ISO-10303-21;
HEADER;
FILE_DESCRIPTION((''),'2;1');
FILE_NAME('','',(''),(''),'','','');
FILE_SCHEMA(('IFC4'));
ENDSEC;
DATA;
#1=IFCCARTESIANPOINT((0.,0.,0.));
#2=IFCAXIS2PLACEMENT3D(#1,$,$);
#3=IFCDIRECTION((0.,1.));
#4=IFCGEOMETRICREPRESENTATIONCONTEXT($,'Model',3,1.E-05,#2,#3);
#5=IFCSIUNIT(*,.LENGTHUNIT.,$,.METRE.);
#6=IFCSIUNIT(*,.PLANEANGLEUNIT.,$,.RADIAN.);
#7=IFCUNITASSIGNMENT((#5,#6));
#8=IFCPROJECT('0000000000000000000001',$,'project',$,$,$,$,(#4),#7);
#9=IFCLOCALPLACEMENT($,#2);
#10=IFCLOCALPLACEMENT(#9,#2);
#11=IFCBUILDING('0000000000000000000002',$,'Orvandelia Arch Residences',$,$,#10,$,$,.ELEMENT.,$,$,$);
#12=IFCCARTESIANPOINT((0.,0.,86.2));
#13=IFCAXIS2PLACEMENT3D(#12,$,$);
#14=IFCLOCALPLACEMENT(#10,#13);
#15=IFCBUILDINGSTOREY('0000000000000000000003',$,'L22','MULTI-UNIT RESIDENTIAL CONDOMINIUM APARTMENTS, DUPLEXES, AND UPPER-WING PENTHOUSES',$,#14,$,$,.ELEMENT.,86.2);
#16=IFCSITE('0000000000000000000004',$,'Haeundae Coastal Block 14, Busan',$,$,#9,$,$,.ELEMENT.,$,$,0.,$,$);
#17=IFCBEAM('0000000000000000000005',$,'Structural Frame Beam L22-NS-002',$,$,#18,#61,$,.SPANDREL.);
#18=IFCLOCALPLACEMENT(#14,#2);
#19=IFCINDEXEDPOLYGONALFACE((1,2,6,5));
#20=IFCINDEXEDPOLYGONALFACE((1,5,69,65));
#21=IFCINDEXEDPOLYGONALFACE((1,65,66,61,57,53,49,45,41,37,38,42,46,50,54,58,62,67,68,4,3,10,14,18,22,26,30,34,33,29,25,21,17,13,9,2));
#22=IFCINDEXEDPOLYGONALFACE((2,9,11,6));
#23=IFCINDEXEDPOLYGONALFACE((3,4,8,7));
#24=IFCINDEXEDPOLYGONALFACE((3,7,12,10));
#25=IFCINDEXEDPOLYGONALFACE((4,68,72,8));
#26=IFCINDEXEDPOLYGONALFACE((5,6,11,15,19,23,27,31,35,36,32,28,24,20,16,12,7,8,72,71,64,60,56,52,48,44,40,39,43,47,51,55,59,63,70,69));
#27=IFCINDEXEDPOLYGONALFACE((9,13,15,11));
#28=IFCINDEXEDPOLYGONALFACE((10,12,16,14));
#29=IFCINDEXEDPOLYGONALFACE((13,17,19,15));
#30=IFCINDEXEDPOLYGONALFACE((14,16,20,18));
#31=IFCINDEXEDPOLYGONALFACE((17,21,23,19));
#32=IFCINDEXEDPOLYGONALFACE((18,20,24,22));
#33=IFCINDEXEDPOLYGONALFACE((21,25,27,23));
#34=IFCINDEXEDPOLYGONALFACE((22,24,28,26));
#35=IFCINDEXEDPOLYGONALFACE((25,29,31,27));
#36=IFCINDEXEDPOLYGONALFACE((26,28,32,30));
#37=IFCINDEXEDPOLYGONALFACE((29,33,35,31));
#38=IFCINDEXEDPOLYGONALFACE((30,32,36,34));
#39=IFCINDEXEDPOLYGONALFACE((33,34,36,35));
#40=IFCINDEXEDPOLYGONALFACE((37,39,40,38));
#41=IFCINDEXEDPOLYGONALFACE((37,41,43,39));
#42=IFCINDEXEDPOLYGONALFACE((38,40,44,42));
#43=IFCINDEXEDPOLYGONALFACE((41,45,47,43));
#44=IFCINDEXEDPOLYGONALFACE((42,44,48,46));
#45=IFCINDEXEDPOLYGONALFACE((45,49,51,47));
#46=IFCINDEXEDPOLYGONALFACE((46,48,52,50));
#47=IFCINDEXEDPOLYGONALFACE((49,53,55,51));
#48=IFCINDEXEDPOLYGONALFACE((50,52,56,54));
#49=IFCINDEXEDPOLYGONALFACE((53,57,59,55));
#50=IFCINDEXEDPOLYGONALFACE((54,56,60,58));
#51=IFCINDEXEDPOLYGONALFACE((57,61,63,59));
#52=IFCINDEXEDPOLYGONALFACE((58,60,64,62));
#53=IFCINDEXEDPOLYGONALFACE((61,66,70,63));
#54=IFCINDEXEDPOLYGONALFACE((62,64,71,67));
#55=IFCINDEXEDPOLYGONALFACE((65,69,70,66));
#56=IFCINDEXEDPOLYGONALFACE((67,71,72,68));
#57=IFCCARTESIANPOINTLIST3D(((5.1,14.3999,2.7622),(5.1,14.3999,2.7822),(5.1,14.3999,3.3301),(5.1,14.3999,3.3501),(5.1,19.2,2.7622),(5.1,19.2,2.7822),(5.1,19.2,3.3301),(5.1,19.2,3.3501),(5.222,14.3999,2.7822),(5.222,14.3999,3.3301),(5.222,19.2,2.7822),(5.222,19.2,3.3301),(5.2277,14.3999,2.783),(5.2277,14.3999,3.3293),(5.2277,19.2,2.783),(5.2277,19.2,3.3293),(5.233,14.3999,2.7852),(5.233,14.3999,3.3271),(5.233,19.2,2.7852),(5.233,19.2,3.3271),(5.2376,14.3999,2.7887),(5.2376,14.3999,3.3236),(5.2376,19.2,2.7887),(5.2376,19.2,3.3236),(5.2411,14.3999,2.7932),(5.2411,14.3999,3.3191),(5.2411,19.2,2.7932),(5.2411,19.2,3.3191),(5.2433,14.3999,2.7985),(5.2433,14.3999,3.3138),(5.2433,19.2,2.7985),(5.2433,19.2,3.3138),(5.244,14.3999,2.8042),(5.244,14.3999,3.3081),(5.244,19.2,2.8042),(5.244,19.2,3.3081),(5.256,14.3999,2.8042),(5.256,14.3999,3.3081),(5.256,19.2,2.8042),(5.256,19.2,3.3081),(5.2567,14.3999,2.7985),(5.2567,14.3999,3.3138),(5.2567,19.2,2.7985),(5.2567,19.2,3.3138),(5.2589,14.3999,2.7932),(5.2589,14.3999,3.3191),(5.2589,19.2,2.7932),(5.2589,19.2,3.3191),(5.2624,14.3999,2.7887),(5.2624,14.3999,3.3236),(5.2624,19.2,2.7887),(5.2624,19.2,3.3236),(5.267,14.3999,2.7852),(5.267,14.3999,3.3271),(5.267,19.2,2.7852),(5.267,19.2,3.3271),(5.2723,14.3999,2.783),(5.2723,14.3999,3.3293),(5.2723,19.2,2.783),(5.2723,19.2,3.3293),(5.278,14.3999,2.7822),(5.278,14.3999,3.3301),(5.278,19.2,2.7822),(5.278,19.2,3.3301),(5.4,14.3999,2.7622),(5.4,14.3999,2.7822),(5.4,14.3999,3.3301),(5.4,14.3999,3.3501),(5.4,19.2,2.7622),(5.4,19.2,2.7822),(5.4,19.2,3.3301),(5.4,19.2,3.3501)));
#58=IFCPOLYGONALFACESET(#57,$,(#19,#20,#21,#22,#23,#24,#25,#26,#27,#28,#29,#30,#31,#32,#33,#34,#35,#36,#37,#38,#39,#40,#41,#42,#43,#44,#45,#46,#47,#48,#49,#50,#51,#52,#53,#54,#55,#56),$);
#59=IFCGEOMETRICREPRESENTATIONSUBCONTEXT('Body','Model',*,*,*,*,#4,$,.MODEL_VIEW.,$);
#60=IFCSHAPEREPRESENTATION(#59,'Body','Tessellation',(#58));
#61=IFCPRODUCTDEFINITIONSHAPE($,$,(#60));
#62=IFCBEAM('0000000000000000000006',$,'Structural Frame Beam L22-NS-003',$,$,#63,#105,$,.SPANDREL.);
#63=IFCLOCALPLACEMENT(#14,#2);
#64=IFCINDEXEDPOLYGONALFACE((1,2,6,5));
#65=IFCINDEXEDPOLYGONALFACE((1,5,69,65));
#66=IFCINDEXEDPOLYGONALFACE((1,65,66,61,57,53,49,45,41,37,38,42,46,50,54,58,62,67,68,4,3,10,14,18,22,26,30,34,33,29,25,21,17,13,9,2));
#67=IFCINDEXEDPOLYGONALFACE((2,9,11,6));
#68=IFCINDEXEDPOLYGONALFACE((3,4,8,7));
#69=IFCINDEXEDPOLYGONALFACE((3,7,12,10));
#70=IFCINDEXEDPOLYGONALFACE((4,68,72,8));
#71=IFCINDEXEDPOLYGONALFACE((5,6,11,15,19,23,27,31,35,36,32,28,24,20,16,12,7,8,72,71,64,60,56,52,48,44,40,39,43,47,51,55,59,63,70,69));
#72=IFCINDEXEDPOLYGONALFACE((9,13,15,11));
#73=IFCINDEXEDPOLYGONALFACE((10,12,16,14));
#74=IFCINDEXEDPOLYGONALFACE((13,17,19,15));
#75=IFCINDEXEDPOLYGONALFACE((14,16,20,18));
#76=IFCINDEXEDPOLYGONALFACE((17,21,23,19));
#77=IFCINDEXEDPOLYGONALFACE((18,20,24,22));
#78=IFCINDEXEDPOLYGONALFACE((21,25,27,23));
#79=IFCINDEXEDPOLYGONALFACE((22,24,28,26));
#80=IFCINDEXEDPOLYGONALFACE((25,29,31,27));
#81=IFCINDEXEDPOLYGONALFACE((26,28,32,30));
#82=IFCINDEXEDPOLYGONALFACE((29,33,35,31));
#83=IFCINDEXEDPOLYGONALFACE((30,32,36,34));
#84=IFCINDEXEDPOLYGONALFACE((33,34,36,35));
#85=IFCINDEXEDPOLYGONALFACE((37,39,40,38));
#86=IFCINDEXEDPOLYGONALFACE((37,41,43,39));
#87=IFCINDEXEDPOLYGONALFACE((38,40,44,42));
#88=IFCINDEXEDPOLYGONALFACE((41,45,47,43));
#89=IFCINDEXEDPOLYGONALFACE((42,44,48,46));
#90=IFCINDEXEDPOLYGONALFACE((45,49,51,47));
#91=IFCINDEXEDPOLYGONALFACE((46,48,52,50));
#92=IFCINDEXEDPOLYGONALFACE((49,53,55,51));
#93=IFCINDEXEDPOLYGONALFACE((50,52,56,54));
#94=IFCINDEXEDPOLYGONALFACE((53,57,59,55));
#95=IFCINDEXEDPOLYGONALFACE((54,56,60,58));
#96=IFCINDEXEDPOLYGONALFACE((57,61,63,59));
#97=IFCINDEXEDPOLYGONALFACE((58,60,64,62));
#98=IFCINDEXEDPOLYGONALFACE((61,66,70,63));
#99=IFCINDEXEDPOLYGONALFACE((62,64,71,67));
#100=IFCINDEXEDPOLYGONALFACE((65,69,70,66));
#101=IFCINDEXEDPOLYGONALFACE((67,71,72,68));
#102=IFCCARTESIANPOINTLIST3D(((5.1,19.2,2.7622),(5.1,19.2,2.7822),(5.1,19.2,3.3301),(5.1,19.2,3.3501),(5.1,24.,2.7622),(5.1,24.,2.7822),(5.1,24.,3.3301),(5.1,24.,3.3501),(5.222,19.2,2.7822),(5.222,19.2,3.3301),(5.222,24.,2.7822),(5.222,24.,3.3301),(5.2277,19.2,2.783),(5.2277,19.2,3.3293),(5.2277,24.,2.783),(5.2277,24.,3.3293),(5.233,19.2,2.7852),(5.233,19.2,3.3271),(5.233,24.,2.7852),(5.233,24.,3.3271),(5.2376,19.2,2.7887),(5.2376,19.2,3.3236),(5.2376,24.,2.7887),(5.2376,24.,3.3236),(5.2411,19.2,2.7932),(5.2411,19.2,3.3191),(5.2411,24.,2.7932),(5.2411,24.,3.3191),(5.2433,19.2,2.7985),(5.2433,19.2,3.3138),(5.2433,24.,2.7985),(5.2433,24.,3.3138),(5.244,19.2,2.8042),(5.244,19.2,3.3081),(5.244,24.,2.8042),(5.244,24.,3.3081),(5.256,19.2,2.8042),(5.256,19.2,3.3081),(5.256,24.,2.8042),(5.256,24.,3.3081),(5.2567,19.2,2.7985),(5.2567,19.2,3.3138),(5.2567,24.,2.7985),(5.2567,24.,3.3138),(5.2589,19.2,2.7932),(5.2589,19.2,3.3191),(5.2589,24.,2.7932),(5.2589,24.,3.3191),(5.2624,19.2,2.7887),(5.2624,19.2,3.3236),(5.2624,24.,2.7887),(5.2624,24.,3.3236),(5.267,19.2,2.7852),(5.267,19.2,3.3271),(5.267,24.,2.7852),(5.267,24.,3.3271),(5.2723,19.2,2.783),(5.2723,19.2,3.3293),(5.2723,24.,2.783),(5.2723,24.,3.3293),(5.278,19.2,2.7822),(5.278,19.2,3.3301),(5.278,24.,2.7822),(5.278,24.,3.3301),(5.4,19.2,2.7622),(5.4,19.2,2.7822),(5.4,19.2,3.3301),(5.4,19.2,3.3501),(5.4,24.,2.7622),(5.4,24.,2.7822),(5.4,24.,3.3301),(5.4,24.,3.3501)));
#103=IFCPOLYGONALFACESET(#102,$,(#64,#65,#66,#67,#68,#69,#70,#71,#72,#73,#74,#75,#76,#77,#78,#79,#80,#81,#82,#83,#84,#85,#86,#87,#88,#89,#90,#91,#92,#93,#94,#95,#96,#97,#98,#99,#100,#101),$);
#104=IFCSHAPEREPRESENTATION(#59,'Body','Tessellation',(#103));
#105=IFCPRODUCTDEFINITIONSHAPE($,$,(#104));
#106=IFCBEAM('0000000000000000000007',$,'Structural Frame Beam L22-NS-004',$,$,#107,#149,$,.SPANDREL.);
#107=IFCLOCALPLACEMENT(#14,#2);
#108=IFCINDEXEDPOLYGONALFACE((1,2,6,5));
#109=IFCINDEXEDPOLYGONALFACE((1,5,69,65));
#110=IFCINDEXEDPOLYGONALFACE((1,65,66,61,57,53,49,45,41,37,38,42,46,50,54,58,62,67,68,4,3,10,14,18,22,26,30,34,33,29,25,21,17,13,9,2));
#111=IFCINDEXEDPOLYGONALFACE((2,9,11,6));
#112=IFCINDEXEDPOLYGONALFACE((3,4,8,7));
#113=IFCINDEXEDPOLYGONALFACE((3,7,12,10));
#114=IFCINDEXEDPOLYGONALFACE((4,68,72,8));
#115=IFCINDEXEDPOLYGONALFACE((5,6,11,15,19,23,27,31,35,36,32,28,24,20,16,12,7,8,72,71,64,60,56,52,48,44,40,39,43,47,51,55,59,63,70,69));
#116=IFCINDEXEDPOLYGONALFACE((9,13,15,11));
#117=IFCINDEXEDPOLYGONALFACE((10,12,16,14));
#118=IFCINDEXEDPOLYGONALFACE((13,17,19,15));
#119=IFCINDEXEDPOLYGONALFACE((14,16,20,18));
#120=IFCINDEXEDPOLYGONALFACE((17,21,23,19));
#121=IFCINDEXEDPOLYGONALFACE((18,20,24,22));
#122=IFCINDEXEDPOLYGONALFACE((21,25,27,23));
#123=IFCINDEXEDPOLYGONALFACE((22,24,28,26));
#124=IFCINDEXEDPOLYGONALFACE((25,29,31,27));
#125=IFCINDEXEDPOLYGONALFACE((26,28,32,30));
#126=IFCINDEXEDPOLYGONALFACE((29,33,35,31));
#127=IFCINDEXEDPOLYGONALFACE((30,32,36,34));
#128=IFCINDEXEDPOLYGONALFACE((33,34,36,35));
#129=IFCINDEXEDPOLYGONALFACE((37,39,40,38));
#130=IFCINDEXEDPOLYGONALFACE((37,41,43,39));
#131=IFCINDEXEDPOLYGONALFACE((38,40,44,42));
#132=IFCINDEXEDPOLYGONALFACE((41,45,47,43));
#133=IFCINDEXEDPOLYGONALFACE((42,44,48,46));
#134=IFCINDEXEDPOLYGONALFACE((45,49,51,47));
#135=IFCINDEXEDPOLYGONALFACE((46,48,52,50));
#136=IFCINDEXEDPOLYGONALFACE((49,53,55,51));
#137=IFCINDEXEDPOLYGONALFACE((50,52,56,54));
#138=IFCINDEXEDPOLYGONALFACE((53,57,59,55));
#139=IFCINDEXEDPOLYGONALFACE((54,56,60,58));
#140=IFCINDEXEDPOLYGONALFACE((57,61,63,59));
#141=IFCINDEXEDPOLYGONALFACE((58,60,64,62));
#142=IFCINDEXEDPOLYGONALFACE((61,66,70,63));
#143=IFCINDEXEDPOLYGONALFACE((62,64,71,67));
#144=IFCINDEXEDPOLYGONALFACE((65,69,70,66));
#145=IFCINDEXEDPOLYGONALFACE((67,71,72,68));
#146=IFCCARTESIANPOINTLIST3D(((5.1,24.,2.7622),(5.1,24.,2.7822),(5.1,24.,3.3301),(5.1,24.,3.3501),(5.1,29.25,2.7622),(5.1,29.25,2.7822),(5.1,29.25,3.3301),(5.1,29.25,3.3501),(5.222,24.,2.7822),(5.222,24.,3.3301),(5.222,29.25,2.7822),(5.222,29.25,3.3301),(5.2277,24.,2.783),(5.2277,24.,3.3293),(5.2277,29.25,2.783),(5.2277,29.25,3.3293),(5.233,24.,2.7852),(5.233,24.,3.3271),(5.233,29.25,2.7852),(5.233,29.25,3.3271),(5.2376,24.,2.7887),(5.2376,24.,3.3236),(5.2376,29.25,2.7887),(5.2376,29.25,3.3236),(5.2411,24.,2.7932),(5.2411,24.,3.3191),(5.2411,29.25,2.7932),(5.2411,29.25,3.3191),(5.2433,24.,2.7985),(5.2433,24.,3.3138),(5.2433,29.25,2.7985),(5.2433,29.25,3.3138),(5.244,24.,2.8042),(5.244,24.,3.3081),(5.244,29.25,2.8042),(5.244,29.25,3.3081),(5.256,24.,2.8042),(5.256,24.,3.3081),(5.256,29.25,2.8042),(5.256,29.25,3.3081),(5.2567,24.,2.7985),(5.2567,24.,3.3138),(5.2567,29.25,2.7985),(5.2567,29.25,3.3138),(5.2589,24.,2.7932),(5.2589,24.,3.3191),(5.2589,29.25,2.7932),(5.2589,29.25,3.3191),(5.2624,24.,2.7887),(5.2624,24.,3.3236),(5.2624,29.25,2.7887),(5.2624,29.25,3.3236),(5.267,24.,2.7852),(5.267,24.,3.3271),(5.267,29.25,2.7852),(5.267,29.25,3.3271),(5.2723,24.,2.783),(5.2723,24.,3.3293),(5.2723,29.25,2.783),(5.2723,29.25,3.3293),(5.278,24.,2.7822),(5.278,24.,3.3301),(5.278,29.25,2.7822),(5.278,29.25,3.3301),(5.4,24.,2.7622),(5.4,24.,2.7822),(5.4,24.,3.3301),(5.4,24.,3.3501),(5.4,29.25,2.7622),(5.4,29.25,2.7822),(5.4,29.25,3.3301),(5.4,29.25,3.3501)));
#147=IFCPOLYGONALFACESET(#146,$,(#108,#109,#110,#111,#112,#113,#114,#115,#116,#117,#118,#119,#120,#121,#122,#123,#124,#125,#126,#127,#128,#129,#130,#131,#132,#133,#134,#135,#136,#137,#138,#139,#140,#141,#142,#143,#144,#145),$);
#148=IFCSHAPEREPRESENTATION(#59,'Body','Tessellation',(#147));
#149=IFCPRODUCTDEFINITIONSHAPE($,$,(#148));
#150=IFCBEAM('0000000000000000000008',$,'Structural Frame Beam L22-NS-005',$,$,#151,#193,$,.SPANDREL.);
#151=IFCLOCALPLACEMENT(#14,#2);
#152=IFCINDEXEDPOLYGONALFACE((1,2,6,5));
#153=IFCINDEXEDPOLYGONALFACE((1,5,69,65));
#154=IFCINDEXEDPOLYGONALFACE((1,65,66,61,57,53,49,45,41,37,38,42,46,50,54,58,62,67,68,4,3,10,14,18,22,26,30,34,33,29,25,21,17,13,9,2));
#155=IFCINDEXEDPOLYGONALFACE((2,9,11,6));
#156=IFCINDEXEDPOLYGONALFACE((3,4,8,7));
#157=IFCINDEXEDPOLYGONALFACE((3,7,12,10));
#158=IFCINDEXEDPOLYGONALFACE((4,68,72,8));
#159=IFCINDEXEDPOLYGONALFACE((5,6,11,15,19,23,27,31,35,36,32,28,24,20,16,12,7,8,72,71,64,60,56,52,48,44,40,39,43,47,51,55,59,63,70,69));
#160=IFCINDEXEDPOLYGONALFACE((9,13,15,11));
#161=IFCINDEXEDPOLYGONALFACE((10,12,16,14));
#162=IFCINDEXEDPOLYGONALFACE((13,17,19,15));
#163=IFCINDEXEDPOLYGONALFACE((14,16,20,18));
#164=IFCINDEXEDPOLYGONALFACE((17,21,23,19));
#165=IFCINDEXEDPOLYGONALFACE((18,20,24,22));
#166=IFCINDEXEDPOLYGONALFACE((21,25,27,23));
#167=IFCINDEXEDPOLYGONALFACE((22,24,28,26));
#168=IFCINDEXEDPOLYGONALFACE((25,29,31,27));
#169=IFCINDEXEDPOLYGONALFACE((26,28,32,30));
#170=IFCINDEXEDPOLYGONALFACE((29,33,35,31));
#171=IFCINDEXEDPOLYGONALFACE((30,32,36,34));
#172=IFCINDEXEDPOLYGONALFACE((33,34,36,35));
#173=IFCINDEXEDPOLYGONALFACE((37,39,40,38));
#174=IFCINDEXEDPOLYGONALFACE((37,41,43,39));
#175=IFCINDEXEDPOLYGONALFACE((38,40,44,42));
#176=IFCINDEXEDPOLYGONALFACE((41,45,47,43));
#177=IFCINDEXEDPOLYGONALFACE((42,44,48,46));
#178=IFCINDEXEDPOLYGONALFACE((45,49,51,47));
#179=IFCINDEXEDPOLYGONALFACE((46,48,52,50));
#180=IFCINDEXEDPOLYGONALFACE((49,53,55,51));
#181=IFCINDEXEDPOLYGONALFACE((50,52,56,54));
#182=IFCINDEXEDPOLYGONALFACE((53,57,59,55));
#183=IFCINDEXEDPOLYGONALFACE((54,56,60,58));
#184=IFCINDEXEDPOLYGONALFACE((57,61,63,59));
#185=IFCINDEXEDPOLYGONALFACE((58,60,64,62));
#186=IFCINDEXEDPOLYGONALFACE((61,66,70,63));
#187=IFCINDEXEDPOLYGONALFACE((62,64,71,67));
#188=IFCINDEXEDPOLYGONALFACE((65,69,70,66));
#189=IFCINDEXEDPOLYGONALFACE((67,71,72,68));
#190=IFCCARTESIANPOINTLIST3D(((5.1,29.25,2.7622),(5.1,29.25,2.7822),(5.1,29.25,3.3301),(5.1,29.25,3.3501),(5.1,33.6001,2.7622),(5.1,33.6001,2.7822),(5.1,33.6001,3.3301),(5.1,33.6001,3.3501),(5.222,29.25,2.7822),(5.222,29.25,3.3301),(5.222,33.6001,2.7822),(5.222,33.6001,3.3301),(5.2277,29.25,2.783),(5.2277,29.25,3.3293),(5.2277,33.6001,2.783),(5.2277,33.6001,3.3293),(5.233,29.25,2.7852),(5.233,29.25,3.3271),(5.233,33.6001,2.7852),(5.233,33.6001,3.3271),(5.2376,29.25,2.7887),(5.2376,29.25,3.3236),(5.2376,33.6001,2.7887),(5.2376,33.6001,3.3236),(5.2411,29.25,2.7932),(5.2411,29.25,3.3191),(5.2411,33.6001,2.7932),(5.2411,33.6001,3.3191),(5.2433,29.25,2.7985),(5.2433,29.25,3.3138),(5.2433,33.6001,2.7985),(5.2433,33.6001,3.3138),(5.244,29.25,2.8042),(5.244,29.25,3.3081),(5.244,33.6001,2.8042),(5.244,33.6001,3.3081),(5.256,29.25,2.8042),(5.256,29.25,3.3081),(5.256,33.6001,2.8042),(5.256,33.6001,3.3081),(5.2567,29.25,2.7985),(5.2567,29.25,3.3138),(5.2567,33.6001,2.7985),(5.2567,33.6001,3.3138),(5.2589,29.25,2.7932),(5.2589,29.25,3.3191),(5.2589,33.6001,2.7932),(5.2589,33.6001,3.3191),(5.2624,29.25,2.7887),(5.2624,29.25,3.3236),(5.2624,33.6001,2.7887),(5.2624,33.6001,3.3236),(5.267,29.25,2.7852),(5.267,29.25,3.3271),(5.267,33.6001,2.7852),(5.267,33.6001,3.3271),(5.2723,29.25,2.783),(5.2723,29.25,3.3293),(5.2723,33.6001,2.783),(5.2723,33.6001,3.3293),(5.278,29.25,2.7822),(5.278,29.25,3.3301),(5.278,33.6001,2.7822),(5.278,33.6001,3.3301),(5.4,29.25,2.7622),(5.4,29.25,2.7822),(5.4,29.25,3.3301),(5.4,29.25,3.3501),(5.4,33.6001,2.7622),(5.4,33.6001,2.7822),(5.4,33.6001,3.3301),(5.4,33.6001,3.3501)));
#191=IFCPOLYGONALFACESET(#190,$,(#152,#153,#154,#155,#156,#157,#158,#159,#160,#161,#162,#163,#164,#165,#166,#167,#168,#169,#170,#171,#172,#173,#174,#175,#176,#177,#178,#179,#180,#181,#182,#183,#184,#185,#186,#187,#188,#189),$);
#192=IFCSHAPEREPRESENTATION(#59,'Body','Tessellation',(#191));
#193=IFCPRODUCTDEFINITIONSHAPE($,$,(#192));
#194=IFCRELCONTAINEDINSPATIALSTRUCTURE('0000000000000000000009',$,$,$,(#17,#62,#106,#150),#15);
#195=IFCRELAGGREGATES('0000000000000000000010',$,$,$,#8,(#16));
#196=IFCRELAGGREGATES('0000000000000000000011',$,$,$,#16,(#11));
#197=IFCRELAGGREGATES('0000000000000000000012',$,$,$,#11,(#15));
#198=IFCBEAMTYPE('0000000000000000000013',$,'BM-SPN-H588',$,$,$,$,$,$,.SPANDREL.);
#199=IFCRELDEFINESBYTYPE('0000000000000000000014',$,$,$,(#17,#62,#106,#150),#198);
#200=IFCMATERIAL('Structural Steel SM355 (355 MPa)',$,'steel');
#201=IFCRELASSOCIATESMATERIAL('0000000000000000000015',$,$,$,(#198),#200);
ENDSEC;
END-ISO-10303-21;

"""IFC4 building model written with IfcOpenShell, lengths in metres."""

from ifc_helpers import new_model, si_unit, direction, frame, origin, origin_2d, place, context, subcontext, project, spatial, i_section, extrude, material, material_profile, profile_set, type_object, element, save


model = new_model("IFC4")

# Units and contexts
model_context = context("Model", 3, precision=1e-05, world=origin(), true_north=direction((0.0, 1.0)))
body_context = subcontext(model_context, "Body", "Model", "MODEL_VIEW")
ifc_project = project(units=[si_unit("LENGTHUNIT", "METRE"), si_unit("PLANEANGLEUNIT", "RADIAN")], contexts=[model_context])

# Site, building, storey
site_placement = place(None, origin())
site = spatial("IfcSite", under=ifc_project, at=site_placement, Name="Haeundae Coastal Block 14, Busan", CompositionType="ELEMENT", RefElevation=0.0)
building_placement = place(site_placement, origin())
building = spatial("IfcBuilding", under=site, at=building_placement, Name="Orvandelia Arch Residences", CompositionType="ELEMENT")
storey_placement = place(building_placement, frame((0.0, 0.0, 86.2)))
storey = spatial("IfcBuildingStorey", under=building, at=storey_placement, Name="L22", Description="MULTI-UNIT RESIDENTIAL CONDOMINIUM APARTMENTS, DUPLEXES, AND UPPER-WING PENTHOUSES", CompositionType="ELEMENT", Elevation=86.2)

# Beams
ifc_material_1 = material(Name="Structural Steel SM355 (355 MPa)", Category="steel")
ifc_material_profile_1 = material_profile(ifc_material_1, i_section(OverallWidth=0.3, OverallDepth=0.5879, WebThickness=0.012, FlangeThickness=0.02, FilletRadius=0.022, at=origin_2d()), Name="Structural Steel SM355 (355 MPa)", Category="steel")
ifc_profile_set_1 = profile_set([ifc_material_profile_1], Name="Structural Steel SM355 (355 MPa)")
beam_type_1 = type_object("IfcBeamType", Name="BM-SPN-H588", PredefinedType="SPANDREL", material=ifc_profile_set_1)
for number, where, z_axis, x_axis, name in (
    (1, (5.25, 14.3999, 3.0562), (0.0, 1.0, 0.0), (-1.0, 0.0, 0.0), "Structural Frame Beam L22-NS-002"),
    (2, (5.25, 19.2, 3.0562), (0.0, 1.0, 0.0), (-1.0, 0.0, 0.0), "Structural Frame Beam L22-NS-003"),
):
    element("IfcBeam", number, at=place(storey_placement, frame(where, z_axis=z_axis, x_axis=x_axis)), inside=storey, type_object=beam_type_1, Name=name, PredefinedType="SPANDREL", context=body_context, shape_type="SweptSolid", body=[
        extrude(i_section(OverallWidth=0.3, OverallDepth=0.5879, WebThickness=0.012, FlangeThickness=0.02, FilletRadius=0.022, at=origin_2d()), origin(), (0.0, 0.0, 1.0), 4.8),
    ])
beam_1_placement = place(storey_placement, frame((5.25, 24.0, 3.0562), z_axis=(0.0, 1.0, 0.0), x_axis=(-1.0, 0.0, 0.0)))
element("IfcBeam", 3, at=beam_1_placement, inside=storey, type_object=beam_type_1, Name="Structural Frame Beam L22-NS-004", PredefinedType="SPANDREL", context=body_context, shape_type="SweptSolid", body=[
    extrude(i_section(OverallWidth=0.3, OverallDepth=0.5879, WebThickness=0.012, FlangeThickness=0.02, FilletRadius=0.022, at=origin_2d()), origin(), (0.0, 0.0, 1.0), 5.25),
])
beam_2_placement = place(storey_placement, frame((5.25, 29.25, 3.0562), z_axis=(0.0, 1.0, 0.0), x_axis=(-1.0, 0.0, 0.0)))
element("IfcBeam", 4, at=beam_2_placement, inside=storey, type_object=beam_type_1, Name="Structural Frame Beam L22-NS-005", PredefinedType="SPANDREL", context=body_context, shape_type="SweptSolid", body=[
    extrude(i_section(OverallWidth=0.3, OverallDepth=0.5879, WebThickness=0.012, FlangeThickness=0.02, FilletRadius=0.022, at=origin_2d()), origin(), (0.0, 0.0, 1.0), 4.3501),
])

save(model, "model.ifc")
